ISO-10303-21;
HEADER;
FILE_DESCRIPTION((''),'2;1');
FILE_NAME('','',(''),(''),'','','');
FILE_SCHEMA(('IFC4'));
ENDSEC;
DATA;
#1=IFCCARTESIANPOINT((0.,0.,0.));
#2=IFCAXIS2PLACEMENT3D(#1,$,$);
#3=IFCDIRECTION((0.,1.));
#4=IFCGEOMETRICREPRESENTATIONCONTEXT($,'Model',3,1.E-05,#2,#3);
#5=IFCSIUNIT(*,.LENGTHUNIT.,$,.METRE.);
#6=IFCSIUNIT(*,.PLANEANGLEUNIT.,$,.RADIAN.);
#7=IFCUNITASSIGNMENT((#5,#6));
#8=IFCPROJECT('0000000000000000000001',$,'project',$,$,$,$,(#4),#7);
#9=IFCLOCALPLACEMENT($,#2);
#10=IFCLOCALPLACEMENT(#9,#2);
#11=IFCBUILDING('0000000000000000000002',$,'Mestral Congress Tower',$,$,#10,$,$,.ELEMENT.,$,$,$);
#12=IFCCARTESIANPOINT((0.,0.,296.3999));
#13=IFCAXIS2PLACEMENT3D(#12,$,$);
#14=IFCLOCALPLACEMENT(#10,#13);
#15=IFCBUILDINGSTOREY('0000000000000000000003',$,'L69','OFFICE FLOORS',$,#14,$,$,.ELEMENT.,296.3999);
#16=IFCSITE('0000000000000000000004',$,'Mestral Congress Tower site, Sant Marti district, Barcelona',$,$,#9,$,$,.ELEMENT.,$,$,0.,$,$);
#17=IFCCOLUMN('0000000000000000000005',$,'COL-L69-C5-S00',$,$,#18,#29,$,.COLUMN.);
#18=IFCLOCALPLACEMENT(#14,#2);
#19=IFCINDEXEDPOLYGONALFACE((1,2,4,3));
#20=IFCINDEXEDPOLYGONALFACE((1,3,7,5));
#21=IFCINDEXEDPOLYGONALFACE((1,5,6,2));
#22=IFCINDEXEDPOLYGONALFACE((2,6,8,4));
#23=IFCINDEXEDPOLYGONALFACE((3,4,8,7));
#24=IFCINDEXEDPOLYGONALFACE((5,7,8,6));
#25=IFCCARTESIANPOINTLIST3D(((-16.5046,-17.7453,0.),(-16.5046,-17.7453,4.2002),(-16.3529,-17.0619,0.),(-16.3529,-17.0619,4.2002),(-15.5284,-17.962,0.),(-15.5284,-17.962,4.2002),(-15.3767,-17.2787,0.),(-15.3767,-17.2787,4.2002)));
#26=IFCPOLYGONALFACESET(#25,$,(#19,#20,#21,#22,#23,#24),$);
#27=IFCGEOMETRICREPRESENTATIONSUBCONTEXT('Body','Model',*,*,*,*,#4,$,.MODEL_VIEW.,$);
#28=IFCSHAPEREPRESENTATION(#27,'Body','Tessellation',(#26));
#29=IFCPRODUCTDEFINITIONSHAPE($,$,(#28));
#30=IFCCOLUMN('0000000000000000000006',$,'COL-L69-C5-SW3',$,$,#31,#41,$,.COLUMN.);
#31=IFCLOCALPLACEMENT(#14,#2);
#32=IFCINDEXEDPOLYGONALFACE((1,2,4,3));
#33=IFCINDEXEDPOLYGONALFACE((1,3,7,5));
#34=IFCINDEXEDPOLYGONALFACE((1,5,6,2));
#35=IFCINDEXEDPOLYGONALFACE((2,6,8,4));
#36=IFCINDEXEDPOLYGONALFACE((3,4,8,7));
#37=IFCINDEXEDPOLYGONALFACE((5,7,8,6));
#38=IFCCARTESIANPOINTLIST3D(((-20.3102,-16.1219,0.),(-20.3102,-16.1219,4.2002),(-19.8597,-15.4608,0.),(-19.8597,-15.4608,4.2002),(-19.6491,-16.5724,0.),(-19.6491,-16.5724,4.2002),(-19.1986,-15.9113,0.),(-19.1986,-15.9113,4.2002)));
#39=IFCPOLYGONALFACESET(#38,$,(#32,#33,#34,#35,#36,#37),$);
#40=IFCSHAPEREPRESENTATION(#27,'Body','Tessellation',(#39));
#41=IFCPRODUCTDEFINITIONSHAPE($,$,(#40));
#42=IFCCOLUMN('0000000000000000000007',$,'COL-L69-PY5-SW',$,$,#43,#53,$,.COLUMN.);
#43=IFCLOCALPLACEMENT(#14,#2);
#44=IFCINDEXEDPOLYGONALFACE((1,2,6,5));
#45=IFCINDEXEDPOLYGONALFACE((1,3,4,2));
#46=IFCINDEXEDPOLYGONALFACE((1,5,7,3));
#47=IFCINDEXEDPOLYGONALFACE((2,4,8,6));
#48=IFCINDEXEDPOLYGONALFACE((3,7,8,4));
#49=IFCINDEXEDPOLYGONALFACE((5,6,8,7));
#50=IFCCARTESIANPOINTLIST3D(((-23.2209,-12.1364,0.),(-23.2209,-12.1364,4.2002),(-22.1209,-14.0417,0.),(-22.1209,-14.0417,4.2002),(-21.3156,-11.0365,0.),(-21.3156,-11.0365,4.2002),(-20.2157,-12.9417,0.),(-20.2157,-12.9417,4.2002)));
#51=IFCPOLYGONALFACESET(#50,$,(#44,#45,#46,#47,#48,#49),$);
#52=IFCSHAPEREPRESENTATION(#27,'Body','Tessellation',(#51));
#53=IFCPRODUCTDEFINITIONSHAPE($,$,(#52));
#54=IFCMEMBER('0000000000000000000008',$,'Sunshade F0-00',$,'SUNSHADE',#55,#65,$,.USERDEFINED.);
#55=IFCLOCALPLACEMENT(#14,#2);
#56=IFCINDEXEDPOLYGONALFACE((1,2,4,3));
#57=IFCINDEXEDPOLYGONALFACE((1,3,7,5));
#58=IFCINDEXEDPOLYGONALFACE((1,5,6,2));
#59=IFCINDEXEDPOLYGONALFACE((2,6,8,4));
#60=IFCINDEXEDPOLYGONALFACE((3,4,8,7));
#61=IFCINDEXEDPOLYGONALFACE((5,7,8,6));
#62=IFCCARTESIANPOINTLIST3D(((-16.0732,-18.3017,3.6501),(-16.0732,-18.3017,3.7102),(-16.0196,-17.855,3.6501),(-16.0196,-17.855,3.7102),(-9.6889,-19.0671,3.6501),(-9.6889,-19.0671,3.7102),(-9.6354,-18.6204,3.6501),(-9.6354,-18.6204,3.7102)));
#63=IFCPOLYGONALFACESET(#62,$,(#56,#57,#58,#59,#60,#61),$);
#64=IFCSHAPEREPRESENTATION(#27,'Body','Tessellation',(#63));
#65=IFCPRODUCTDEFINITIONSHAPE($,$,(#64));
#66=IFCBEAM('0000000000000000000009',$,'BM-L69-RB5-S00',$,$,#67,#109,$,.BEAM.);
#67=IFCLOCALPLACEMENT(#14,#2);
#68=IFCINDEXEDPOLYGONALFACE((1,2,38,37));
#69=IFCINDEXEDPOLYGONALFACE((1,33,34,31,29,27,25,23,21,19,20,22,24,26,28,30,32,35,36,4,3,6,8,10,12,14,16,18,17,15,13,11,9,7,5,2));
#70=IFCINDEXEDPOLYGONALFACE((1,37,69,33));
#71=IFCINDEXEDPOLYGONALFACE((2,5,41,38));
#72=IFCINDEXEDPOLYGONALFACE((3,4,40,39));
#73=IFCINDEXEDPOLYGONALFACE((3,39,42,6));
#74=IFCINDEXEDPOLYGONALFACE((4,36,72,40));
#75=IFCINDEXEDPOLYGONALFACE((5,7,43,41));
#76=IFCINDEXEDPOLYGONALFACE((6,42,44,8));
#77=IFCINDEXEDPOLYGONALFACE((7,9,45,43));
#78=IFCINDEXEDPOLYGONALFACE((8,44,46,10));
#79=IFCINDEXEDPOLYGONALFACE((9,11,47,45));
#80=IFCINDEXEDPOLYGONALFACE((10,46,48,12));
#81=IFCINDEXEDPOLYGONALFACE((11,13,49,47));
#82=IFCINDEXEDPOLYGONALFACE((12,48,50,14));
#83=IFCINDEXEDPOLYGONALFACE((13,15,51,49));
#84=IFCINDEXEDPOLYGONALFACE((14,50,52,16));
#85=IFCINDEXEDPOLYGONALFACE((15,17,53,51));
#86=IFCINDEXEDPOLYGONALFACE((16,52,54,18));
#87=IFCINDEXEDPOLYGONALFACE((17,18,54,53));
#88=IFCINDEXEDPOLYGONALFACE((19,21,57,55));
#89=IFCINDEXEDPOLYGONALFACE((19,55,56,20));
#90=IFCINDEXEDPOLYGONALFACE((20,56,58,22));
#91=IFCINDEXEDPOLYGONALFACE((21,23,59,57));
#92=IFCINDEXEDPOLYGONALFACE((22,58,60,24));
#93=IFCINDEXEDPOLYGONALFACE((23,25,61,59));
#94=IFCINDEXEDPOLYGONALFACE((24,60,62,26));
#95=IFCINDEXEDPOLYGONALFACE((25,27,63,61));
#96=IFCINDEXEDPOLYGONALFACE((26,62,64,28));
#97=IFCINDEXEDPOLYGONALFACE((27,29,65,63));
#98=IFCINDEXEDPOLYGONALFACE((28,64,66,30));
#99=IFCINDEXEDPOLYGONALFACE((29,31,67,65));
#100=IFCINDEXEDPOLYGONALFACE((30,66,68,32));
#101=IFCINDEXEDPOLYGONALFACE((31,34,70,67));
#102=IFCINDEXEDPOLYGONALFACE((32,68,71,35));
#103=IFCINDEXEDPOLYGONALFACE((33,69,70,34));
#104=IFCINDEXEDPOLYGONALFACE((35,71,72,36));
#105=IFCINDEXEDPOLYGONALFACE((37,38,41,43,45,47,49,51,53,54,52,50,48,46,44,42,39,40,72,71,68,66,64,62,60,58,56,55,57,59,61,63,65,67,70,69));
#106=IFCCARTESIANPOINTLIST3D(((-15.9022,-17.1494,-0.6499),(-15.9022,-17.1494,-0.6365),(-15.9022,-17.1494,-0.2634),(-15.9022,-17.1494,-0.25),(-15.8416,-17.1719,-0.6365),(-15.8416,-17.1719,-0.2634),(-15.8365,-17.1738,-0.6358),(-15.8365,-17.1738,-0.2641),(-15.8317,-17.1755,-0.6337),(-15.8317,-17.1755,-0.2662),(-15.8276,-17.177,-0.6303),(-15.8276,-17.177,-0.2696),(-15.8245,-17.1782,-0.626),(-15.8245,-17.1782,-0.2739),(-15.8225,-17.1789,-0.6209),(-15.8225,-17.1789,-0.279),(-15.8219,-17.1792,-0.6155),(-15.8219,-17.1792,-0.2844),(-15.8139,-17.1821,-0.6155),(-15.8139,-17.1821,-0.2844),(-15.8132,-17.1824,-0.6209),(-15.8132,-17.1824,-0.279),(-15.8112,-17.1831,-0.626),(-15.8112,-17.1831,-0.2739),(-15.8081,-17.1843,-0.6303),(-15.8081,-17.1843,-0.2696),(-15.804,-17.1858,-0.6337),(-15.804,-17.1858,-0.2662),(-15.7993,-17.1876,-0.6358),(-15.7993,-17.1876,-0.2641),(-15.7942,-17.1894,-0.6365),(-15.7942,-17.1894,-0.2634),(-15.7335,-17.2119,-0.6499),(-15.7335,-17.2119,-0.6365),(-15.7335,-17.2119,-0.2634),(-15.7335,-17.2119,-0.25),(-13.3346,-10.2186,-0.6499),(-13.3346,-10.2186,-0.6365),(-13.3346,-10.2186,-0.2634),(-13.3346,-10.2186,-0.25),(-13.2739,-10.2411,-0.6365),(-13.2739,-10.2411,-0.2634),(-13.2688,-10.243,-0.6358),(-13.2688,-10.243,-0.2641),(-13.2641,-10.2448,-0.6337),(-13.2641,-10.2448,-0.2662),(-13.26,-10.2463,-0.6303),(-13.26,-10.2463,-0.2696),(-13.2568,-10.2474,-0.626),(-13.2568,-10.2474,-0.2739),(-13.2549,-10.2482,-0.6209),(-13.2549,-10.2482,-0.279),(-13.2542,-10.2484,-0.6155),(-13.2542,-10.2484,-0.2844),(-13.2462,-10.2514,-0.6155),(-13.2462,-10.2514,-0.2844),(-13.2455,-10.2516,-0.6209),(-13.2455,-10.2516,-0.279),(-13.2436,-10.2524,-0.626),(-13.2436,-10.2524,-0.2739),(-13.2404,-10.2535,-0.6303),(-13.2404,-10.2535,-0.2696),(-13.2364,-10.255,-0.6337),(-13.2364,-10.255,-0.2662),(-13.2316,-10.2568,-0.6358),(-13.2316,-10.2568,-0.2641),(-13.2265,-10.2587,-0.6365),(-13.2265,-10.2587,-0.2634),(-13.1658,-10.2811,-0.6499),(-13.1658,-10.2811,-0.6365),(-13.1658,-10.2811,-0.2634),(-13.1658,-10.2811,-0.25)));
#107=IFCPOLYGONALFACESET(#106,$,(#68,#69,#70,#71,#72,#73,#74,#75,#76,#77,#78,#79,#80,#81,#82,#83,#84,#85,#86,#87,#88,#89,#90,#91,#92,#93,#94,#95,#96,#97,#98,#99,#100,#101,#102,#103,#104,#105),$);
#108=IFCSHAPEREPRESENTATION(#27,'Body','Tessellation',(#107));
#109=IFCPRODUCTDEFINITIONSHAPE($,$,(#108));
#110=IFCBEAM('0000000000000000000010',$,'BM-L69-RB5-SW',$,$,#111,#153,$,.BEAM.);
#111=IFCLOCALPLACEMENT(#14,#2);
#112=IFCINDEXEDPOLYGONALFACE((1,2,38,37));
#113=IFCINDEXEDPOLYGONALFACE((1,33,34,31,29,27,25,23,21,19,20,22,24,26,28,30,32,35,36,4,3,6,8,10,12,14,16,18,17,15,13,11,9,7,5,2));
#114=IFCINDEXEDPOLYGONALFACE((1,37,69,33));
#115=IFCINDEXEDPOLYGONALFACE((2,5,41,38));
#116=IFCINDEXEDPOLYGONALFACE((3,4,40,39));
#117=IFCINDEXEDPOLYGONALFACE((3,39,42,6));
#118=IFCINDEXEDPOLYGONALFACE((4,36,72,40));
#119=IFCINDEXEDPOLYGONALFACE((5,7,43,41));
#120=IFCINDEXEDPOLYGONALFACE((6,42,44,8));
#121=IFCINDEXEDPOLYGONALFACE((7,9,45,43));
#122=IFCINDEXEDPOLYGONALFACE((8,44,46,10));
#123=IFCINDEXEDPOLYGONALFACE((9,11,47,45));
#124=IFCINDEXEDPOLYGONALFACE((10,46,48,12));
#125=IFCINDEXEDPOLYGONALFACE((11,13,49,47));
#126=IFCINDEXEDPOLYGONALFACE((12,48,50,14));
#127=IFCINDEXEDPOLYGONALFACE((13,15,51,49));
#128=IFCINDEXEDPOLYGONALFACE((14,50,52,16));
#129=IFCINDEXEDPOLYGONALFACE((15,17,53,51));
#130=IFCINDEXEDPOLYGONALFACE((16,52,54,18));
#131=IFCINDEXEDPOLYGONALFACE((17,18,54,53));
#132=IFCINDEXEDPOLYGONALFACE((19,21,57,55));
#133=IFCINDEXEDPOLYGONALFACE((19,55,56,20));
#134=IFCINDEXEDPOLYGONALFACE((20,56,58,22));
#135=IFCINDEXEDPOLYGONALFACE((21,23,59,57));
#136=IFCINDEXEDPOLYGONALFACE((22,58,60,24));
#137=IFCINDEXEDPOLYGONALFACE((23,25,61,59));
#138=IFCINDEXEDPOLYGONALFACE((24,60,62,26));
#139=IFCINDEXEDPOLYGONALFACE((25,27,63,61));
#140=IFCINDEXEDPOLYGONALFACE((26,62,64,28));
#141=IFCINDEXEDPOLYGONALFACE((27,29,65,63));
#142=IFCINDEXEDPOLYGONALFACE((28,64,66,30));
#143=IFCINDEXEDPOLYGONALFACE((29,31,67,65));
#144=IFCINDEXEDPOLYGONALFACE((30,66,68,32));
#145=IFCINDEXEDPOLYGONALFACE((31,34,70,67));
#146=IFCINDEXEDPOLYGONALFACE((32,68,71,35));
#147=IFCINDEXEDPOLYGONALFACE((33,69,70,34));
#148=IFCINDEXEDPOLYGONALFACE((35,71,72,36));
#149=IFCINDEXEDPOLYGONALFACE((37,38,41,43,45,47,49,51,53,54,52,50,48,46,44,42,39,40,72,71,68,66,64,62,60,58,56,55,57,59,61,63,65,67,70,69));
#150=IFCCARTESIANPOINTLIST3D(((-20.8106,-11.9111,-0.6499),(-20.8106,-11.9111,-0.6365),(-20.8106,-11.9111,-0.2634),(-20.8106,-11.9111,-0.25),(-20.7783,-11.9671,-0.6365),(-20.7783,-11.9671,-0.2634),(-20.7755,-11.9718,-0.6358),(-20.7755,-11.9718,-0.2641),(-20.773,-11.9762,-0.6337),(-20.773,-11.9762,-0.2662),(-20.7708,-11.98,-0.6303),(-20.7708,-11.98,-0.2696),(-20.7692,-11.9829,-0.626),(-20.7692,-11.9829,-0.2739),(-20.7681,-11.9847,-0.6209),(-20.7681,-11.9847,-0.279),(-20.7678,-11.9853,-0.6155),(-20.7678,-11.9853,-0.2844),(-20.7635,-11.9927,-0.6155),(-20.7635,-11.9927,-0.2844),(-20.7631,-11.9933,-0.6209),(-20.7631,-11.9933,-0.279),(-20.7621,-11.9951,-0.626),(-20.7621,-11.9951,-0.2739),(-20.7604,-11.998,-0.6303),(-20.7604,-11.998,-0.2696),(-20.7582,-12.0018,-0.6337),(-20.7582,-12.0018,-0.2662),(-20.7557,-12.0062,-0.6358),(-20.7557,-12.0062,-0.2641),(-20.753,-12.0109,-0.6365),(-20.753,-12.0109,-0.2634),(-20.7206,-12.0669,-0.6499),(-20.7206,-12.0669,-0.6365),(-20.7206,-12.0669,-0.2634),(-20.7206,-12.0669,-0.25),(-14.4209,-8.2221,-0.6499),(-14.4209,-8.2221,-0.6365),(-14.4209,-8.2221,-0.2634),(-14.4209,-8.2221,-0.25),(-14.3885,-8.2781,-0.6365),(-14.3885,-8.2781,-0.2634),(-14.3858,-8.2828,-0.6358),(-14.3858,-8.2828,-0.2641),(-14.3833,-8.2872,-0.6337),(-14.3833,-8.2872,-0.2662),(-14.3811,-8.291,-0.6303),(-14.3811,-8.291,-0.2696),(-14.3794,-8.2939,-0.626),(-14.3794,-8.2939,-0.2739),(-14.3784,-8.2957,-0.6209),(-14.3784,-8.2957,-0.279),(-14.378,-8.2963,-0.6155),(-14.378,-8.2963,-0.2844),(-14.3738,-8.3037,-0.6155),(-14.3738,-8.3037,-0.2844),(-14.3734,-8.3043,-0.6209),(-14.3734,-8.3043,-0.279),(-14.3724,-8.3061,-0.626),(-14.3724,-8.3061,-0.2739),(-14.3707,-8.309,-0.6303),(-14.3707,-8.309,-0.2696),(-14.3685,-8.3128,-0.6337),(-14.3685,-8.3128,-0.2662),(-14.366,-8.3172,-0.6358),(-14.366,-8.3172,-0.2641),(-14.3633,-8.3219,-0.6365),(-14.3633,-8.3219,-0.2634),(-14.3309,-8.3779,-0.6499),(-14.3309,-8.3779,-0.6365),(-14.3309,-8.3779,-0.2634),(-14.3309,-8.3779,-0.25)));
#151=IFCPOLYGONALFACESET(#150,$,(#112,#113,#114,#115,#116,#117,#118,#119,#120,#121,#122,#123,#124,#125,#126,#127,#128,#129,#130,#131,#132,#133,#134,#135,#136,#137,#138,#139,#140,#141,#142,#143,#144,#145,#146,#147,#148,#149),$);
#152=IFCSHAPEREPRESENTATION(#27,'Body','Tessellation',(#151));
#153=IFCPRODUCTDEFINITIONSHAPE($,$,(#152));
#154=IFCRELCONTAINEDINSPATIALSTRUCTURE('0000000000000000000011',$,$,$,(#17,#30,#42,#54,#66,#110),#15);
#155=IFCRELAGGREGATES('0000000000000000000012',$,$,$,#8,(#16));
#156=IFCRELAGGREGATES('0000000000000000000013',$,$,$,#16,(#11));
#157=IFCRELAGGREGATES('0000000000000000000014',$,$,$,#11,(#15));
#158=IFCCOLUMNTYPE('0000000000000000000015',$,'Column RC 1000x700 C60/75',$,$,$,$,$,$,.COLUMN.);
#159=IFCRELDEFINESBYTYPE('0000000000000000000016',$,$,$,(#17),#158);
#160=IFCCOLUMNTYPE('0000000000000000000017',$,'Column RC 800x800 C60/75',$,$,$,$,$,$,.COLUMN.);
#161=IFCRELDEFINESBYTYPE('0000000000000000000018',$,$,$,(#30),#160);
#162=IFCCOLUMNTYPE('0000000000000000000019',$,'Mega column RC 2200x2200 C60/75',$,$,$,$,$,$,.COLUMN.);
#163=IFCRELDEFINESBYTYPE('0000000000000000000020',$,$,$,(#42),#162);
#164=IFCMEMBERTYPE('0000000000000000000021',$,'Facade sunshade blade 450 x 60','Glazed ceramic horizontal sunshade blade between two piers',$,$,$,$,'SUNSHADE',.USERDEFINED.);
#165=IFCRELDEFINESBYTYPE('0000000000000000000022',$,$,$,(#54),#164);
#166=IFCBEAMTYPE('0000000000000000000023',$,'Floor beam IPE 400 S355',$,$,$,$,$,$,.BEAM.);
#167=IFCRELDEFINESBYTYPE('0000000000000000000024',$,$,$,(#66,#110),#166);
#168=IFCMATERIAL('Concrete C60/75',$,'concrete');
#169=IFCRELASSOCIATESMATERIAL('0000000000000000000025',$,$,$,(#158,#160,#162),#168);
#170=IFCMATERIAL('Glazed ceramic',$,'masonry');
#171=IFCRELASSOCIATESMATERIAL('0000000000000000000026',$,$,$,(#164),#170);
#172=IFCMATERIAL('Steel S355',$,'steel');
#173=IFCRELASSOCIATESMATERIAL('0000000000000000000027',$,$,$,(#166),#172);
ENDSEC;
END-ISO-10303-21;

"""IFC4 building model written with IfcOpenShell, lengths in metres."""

from ifc_helpers import new_model, si_unit, direction, frame, origin, origin_2d, place, context, subcontext, project, spatial, rectangle, i_section, extrude, material, material_profile, profile_set, type_object, element, save


model = new_model("IFC4")

# Units and contexts
model_context = context("Model", 3, precision=1e-05, world=origin(), true_north=direction((0.0, 1.0)))
body_context = subcontext(model_context, "Body", "Model", "MODEL_VIEW")
ifc_project = project(units=[si_unit("LENGTHUNIT", "METRE"), si_unit("PLANEANGLEUNIT", "RADIAN")], contexts=[model_context])

# Site, building, storey
site_placement = place(None, origin())
site = spatial("IfcSite", under=ifc_project, at=site_placement, Name="Mestral Congress Tower site, Sant Marti district, Barcelona", CompositionType="ELEMENT", RefElevation=0.0)
building_placement = place(site_placement, origin())
building = spatial("IfcBuilding", under=site, at=building_placement, Name="Mestral Congress Tower", CompositionType="ELEMENT")
storey_placement = place(building_placement, frame((0.0, 0.0, 296.3999)))
storey = spatial("IfcBuildingStorey", under=building, at=storey_placement, Name="L69", Description="OFFICE FLOORS", CompositionType="ELEMENT", Elevation=296.3999)

# Columns
ifc_material_1 = material(Name="Concrete C60/75", Category="concrete")
ifc_material_profile_1 = material_profile(ifc_material_1, rectangle(XDim=1.0, YDim=0.7, at=origin_2d()), Name="RC 1000x700")
ifc_profile_set_1 = profile_set([ifc_material_profile_1], Name="Concrete C60/75")
column_type_1 = type_object("IfcColumnType", Name="Column RC 1000x700 C60/75", PredefinedType="COLUMN", material=ifc_profile_set_1)
column_1_placement = place(storey_placement, frame((-15.9407, -17.512, 0.0), z_axis=(0.0, 0.0, 1.0), x_axis=(0.976234, -0.216721, 0.0)))
element("IfcColumn", 1, at=column_1_placement, inside=storey, type_object=column_type_1, Name="COL-L69-C5-S00", PredefinedType="COLUMN", context=body_context, shape_type="SweptSolid", body=[
    extrude(rectangle(XDim=1.0, YDim=0.7, at=origin_2d()), origin(), (0.0, 0.0, 1.0), 4.2002),
])
ifc_material_profile_2 = material_profile(ifc_material_1, rectangle(XDim=0.8, YDim=0.8, at=origin_2d()), Name="RC 800x800")
ifc_profile_set_2 = profile_set([ifc_material_profile_2], Name="Concrete C60/75")
column_type_2 = type_object("IfcColumnType", Name="Column RC 800x800 C60/75", PredefinedType="COLUMN", material=ifc_profile_set_2)
column_2_placement = place(storey_placement, frame((-19.7544, -16.0166, 0.0), z_axis=(0.0, 0.0, 1.0), x_axis=(0.826363, -0.563138, 0.0)))
element("IfcColumn", 2, at=column_2_placement, inside=storey, type_object=column_type_2, Name="COL-L69-C5-SW3", PredefinedType="COLUMN", context=body_context, shape_type="SweptSolid", body=[
    extrude(rectangle(XDim=0.8, YDim=0.8, at=origin_2d()), origin(), (0.0, 0.0, 1.0), 4.2002),
])
ifc_material_profile_3 = material_profile(ifc_material_1, rectangle(XDim=2.2, YDim=2.2, at=origin_2d()), Name="RC 2200x2200")
ifc_profile_set_3 = profile_set([ifc_material_profile_3], Name="Concrete C60/75")
column_type_3 = type_object("IfcColumnType", Name="Mega column RC 2200x2200 C60/75", PredefinedType="COLUMN", material=ifc_profile_set_3)
column_3_placement = place(storey_placement, frame((-21.7183, -12.5391, 0.0), z_axis=(0.0, 0.0, 1.0), x_axis=(-0.866025, -0.5, 0.0)))
element("IfcColumn", 3, at=column_3_placement, inside=storey, type_object=column_type_3, Name="COL-L69-PY5-SW", PredefinedType="COLUMN", context=body_context, shape_type="SweptSolid", body=[
    extrude(rectangle(XDim=2.2, YDim=2.2, at=origin_2d()), origin(), (0.0, 0.0, 1.0), 4.2002),
])

# Member
ifc_material_2 = material(Name="Glazed ceramic", Category="masonry")
ifc_material_profile_4 = material_profile(ifc_material_2, rectangle(XDim=0.45, YDim=0.0601, at=origin_2d()), Name="Ceramic blade 450 x 60")
ifc_profile_set_4 = profile_set([ifc_material_profile_4], Name="Glazed ceramic")
member_type = type_object("IfcMemberType", Name="Facade sunshade blade 450 x 60", Description="Glazed ceramic horizontal sunshade blade between two piers", ElementType="SUNSHADE", PredefinedType="USERDEFINED", material=ifc_profile_set_4)
member_placement = place(storey_placement, frame((-16.0464, -18.0784, 3.6802), z_axis=(0.99289, -0.119033, 0.0), x_axis=(0.119033, 0.99289, 0.0)))
element("IfcMember", 4, at=member_placement, inside=storey, type_object=member_type, Name="Sunshade F0-00", ObjectType="SUNSHADE", PredefinedType="USERDEFINED", context=body_context, shape_type="SweptSolid", body=[
    extrude(rectangle(XDim=0.45, YDim=0.0601, at=origin_2d()), origin(), (0.0, 0.0, 1.0), 6.4299),
])

# Beams
ifc_material_3 = material(Name="Steel S355", Category="steel")
ifc_material_profile_5 = material_profile(ifc_material_3, i_section(OverallWidth=0.1799, OverallDepth=0.3999, WebThickness=0.0085, FlangeThickness=0.0134, FilletRadius=0.021, at=origin_2d()), Name="IPE 400")
ifc_profile_set_5 = profile_set([ifc_material_profile_5], Name="Steel S355")
beam_type_1 = type_object("IfcBeamType", Name="Floor beam IPE 400 S355", PredefinedType="BEAM", material=ifc_profile_set_5)
beam_1_placement = place(storey_placement, frame((-15.8179, -17.1807, -0.45), z_axis=(0.347399, 0.937717, 0.0), x_axis=(-0.937717, 0.347399, 0.0)))
element("IfcBeam", 5, at=beam_1_placement, inside=storey, type_object=beam_type_1, Name="BM-L69-RB5-S00", PredefinedType="BEAM", context=body_context, shape_type="SweptSolid", body=[
    extrude(i_section(OverallWidth=0.1799, OverallDepth=0.3999, WebThickness=0.0085, FlangeThickness=0.0134, FilletRadius=0.021, at=origin_2d()), origin(), (0.0, 0.0, 1.0), 7.3911),
])
beam_2_placement = place(storey_placement, frame((-20.7656, -11.989, -0.45), z_axis=(0.866031, 0.49999, 0.0), x_axis=(-0.49999, 0.866031, 0.0)))
element("IfcBeam", 6, at=beam_2_placement, inside=storey, type_object=beam_type_1, Name="BM-L69-RB5-SW", PredefinedType="BEAM", context=body_context, shape_type="SweptSolid", body=[
    extrude(i_section(OverallWidth=0.1799, OverallDepth=0.3999, WebThickness=0.0085, FlangeThickness=0.0134, FilletRadius=0.021, at=origin_2d()), origin(), (0.0, 0.0, 1.0), 7.3782),
])

save(model, "model.ifc")
